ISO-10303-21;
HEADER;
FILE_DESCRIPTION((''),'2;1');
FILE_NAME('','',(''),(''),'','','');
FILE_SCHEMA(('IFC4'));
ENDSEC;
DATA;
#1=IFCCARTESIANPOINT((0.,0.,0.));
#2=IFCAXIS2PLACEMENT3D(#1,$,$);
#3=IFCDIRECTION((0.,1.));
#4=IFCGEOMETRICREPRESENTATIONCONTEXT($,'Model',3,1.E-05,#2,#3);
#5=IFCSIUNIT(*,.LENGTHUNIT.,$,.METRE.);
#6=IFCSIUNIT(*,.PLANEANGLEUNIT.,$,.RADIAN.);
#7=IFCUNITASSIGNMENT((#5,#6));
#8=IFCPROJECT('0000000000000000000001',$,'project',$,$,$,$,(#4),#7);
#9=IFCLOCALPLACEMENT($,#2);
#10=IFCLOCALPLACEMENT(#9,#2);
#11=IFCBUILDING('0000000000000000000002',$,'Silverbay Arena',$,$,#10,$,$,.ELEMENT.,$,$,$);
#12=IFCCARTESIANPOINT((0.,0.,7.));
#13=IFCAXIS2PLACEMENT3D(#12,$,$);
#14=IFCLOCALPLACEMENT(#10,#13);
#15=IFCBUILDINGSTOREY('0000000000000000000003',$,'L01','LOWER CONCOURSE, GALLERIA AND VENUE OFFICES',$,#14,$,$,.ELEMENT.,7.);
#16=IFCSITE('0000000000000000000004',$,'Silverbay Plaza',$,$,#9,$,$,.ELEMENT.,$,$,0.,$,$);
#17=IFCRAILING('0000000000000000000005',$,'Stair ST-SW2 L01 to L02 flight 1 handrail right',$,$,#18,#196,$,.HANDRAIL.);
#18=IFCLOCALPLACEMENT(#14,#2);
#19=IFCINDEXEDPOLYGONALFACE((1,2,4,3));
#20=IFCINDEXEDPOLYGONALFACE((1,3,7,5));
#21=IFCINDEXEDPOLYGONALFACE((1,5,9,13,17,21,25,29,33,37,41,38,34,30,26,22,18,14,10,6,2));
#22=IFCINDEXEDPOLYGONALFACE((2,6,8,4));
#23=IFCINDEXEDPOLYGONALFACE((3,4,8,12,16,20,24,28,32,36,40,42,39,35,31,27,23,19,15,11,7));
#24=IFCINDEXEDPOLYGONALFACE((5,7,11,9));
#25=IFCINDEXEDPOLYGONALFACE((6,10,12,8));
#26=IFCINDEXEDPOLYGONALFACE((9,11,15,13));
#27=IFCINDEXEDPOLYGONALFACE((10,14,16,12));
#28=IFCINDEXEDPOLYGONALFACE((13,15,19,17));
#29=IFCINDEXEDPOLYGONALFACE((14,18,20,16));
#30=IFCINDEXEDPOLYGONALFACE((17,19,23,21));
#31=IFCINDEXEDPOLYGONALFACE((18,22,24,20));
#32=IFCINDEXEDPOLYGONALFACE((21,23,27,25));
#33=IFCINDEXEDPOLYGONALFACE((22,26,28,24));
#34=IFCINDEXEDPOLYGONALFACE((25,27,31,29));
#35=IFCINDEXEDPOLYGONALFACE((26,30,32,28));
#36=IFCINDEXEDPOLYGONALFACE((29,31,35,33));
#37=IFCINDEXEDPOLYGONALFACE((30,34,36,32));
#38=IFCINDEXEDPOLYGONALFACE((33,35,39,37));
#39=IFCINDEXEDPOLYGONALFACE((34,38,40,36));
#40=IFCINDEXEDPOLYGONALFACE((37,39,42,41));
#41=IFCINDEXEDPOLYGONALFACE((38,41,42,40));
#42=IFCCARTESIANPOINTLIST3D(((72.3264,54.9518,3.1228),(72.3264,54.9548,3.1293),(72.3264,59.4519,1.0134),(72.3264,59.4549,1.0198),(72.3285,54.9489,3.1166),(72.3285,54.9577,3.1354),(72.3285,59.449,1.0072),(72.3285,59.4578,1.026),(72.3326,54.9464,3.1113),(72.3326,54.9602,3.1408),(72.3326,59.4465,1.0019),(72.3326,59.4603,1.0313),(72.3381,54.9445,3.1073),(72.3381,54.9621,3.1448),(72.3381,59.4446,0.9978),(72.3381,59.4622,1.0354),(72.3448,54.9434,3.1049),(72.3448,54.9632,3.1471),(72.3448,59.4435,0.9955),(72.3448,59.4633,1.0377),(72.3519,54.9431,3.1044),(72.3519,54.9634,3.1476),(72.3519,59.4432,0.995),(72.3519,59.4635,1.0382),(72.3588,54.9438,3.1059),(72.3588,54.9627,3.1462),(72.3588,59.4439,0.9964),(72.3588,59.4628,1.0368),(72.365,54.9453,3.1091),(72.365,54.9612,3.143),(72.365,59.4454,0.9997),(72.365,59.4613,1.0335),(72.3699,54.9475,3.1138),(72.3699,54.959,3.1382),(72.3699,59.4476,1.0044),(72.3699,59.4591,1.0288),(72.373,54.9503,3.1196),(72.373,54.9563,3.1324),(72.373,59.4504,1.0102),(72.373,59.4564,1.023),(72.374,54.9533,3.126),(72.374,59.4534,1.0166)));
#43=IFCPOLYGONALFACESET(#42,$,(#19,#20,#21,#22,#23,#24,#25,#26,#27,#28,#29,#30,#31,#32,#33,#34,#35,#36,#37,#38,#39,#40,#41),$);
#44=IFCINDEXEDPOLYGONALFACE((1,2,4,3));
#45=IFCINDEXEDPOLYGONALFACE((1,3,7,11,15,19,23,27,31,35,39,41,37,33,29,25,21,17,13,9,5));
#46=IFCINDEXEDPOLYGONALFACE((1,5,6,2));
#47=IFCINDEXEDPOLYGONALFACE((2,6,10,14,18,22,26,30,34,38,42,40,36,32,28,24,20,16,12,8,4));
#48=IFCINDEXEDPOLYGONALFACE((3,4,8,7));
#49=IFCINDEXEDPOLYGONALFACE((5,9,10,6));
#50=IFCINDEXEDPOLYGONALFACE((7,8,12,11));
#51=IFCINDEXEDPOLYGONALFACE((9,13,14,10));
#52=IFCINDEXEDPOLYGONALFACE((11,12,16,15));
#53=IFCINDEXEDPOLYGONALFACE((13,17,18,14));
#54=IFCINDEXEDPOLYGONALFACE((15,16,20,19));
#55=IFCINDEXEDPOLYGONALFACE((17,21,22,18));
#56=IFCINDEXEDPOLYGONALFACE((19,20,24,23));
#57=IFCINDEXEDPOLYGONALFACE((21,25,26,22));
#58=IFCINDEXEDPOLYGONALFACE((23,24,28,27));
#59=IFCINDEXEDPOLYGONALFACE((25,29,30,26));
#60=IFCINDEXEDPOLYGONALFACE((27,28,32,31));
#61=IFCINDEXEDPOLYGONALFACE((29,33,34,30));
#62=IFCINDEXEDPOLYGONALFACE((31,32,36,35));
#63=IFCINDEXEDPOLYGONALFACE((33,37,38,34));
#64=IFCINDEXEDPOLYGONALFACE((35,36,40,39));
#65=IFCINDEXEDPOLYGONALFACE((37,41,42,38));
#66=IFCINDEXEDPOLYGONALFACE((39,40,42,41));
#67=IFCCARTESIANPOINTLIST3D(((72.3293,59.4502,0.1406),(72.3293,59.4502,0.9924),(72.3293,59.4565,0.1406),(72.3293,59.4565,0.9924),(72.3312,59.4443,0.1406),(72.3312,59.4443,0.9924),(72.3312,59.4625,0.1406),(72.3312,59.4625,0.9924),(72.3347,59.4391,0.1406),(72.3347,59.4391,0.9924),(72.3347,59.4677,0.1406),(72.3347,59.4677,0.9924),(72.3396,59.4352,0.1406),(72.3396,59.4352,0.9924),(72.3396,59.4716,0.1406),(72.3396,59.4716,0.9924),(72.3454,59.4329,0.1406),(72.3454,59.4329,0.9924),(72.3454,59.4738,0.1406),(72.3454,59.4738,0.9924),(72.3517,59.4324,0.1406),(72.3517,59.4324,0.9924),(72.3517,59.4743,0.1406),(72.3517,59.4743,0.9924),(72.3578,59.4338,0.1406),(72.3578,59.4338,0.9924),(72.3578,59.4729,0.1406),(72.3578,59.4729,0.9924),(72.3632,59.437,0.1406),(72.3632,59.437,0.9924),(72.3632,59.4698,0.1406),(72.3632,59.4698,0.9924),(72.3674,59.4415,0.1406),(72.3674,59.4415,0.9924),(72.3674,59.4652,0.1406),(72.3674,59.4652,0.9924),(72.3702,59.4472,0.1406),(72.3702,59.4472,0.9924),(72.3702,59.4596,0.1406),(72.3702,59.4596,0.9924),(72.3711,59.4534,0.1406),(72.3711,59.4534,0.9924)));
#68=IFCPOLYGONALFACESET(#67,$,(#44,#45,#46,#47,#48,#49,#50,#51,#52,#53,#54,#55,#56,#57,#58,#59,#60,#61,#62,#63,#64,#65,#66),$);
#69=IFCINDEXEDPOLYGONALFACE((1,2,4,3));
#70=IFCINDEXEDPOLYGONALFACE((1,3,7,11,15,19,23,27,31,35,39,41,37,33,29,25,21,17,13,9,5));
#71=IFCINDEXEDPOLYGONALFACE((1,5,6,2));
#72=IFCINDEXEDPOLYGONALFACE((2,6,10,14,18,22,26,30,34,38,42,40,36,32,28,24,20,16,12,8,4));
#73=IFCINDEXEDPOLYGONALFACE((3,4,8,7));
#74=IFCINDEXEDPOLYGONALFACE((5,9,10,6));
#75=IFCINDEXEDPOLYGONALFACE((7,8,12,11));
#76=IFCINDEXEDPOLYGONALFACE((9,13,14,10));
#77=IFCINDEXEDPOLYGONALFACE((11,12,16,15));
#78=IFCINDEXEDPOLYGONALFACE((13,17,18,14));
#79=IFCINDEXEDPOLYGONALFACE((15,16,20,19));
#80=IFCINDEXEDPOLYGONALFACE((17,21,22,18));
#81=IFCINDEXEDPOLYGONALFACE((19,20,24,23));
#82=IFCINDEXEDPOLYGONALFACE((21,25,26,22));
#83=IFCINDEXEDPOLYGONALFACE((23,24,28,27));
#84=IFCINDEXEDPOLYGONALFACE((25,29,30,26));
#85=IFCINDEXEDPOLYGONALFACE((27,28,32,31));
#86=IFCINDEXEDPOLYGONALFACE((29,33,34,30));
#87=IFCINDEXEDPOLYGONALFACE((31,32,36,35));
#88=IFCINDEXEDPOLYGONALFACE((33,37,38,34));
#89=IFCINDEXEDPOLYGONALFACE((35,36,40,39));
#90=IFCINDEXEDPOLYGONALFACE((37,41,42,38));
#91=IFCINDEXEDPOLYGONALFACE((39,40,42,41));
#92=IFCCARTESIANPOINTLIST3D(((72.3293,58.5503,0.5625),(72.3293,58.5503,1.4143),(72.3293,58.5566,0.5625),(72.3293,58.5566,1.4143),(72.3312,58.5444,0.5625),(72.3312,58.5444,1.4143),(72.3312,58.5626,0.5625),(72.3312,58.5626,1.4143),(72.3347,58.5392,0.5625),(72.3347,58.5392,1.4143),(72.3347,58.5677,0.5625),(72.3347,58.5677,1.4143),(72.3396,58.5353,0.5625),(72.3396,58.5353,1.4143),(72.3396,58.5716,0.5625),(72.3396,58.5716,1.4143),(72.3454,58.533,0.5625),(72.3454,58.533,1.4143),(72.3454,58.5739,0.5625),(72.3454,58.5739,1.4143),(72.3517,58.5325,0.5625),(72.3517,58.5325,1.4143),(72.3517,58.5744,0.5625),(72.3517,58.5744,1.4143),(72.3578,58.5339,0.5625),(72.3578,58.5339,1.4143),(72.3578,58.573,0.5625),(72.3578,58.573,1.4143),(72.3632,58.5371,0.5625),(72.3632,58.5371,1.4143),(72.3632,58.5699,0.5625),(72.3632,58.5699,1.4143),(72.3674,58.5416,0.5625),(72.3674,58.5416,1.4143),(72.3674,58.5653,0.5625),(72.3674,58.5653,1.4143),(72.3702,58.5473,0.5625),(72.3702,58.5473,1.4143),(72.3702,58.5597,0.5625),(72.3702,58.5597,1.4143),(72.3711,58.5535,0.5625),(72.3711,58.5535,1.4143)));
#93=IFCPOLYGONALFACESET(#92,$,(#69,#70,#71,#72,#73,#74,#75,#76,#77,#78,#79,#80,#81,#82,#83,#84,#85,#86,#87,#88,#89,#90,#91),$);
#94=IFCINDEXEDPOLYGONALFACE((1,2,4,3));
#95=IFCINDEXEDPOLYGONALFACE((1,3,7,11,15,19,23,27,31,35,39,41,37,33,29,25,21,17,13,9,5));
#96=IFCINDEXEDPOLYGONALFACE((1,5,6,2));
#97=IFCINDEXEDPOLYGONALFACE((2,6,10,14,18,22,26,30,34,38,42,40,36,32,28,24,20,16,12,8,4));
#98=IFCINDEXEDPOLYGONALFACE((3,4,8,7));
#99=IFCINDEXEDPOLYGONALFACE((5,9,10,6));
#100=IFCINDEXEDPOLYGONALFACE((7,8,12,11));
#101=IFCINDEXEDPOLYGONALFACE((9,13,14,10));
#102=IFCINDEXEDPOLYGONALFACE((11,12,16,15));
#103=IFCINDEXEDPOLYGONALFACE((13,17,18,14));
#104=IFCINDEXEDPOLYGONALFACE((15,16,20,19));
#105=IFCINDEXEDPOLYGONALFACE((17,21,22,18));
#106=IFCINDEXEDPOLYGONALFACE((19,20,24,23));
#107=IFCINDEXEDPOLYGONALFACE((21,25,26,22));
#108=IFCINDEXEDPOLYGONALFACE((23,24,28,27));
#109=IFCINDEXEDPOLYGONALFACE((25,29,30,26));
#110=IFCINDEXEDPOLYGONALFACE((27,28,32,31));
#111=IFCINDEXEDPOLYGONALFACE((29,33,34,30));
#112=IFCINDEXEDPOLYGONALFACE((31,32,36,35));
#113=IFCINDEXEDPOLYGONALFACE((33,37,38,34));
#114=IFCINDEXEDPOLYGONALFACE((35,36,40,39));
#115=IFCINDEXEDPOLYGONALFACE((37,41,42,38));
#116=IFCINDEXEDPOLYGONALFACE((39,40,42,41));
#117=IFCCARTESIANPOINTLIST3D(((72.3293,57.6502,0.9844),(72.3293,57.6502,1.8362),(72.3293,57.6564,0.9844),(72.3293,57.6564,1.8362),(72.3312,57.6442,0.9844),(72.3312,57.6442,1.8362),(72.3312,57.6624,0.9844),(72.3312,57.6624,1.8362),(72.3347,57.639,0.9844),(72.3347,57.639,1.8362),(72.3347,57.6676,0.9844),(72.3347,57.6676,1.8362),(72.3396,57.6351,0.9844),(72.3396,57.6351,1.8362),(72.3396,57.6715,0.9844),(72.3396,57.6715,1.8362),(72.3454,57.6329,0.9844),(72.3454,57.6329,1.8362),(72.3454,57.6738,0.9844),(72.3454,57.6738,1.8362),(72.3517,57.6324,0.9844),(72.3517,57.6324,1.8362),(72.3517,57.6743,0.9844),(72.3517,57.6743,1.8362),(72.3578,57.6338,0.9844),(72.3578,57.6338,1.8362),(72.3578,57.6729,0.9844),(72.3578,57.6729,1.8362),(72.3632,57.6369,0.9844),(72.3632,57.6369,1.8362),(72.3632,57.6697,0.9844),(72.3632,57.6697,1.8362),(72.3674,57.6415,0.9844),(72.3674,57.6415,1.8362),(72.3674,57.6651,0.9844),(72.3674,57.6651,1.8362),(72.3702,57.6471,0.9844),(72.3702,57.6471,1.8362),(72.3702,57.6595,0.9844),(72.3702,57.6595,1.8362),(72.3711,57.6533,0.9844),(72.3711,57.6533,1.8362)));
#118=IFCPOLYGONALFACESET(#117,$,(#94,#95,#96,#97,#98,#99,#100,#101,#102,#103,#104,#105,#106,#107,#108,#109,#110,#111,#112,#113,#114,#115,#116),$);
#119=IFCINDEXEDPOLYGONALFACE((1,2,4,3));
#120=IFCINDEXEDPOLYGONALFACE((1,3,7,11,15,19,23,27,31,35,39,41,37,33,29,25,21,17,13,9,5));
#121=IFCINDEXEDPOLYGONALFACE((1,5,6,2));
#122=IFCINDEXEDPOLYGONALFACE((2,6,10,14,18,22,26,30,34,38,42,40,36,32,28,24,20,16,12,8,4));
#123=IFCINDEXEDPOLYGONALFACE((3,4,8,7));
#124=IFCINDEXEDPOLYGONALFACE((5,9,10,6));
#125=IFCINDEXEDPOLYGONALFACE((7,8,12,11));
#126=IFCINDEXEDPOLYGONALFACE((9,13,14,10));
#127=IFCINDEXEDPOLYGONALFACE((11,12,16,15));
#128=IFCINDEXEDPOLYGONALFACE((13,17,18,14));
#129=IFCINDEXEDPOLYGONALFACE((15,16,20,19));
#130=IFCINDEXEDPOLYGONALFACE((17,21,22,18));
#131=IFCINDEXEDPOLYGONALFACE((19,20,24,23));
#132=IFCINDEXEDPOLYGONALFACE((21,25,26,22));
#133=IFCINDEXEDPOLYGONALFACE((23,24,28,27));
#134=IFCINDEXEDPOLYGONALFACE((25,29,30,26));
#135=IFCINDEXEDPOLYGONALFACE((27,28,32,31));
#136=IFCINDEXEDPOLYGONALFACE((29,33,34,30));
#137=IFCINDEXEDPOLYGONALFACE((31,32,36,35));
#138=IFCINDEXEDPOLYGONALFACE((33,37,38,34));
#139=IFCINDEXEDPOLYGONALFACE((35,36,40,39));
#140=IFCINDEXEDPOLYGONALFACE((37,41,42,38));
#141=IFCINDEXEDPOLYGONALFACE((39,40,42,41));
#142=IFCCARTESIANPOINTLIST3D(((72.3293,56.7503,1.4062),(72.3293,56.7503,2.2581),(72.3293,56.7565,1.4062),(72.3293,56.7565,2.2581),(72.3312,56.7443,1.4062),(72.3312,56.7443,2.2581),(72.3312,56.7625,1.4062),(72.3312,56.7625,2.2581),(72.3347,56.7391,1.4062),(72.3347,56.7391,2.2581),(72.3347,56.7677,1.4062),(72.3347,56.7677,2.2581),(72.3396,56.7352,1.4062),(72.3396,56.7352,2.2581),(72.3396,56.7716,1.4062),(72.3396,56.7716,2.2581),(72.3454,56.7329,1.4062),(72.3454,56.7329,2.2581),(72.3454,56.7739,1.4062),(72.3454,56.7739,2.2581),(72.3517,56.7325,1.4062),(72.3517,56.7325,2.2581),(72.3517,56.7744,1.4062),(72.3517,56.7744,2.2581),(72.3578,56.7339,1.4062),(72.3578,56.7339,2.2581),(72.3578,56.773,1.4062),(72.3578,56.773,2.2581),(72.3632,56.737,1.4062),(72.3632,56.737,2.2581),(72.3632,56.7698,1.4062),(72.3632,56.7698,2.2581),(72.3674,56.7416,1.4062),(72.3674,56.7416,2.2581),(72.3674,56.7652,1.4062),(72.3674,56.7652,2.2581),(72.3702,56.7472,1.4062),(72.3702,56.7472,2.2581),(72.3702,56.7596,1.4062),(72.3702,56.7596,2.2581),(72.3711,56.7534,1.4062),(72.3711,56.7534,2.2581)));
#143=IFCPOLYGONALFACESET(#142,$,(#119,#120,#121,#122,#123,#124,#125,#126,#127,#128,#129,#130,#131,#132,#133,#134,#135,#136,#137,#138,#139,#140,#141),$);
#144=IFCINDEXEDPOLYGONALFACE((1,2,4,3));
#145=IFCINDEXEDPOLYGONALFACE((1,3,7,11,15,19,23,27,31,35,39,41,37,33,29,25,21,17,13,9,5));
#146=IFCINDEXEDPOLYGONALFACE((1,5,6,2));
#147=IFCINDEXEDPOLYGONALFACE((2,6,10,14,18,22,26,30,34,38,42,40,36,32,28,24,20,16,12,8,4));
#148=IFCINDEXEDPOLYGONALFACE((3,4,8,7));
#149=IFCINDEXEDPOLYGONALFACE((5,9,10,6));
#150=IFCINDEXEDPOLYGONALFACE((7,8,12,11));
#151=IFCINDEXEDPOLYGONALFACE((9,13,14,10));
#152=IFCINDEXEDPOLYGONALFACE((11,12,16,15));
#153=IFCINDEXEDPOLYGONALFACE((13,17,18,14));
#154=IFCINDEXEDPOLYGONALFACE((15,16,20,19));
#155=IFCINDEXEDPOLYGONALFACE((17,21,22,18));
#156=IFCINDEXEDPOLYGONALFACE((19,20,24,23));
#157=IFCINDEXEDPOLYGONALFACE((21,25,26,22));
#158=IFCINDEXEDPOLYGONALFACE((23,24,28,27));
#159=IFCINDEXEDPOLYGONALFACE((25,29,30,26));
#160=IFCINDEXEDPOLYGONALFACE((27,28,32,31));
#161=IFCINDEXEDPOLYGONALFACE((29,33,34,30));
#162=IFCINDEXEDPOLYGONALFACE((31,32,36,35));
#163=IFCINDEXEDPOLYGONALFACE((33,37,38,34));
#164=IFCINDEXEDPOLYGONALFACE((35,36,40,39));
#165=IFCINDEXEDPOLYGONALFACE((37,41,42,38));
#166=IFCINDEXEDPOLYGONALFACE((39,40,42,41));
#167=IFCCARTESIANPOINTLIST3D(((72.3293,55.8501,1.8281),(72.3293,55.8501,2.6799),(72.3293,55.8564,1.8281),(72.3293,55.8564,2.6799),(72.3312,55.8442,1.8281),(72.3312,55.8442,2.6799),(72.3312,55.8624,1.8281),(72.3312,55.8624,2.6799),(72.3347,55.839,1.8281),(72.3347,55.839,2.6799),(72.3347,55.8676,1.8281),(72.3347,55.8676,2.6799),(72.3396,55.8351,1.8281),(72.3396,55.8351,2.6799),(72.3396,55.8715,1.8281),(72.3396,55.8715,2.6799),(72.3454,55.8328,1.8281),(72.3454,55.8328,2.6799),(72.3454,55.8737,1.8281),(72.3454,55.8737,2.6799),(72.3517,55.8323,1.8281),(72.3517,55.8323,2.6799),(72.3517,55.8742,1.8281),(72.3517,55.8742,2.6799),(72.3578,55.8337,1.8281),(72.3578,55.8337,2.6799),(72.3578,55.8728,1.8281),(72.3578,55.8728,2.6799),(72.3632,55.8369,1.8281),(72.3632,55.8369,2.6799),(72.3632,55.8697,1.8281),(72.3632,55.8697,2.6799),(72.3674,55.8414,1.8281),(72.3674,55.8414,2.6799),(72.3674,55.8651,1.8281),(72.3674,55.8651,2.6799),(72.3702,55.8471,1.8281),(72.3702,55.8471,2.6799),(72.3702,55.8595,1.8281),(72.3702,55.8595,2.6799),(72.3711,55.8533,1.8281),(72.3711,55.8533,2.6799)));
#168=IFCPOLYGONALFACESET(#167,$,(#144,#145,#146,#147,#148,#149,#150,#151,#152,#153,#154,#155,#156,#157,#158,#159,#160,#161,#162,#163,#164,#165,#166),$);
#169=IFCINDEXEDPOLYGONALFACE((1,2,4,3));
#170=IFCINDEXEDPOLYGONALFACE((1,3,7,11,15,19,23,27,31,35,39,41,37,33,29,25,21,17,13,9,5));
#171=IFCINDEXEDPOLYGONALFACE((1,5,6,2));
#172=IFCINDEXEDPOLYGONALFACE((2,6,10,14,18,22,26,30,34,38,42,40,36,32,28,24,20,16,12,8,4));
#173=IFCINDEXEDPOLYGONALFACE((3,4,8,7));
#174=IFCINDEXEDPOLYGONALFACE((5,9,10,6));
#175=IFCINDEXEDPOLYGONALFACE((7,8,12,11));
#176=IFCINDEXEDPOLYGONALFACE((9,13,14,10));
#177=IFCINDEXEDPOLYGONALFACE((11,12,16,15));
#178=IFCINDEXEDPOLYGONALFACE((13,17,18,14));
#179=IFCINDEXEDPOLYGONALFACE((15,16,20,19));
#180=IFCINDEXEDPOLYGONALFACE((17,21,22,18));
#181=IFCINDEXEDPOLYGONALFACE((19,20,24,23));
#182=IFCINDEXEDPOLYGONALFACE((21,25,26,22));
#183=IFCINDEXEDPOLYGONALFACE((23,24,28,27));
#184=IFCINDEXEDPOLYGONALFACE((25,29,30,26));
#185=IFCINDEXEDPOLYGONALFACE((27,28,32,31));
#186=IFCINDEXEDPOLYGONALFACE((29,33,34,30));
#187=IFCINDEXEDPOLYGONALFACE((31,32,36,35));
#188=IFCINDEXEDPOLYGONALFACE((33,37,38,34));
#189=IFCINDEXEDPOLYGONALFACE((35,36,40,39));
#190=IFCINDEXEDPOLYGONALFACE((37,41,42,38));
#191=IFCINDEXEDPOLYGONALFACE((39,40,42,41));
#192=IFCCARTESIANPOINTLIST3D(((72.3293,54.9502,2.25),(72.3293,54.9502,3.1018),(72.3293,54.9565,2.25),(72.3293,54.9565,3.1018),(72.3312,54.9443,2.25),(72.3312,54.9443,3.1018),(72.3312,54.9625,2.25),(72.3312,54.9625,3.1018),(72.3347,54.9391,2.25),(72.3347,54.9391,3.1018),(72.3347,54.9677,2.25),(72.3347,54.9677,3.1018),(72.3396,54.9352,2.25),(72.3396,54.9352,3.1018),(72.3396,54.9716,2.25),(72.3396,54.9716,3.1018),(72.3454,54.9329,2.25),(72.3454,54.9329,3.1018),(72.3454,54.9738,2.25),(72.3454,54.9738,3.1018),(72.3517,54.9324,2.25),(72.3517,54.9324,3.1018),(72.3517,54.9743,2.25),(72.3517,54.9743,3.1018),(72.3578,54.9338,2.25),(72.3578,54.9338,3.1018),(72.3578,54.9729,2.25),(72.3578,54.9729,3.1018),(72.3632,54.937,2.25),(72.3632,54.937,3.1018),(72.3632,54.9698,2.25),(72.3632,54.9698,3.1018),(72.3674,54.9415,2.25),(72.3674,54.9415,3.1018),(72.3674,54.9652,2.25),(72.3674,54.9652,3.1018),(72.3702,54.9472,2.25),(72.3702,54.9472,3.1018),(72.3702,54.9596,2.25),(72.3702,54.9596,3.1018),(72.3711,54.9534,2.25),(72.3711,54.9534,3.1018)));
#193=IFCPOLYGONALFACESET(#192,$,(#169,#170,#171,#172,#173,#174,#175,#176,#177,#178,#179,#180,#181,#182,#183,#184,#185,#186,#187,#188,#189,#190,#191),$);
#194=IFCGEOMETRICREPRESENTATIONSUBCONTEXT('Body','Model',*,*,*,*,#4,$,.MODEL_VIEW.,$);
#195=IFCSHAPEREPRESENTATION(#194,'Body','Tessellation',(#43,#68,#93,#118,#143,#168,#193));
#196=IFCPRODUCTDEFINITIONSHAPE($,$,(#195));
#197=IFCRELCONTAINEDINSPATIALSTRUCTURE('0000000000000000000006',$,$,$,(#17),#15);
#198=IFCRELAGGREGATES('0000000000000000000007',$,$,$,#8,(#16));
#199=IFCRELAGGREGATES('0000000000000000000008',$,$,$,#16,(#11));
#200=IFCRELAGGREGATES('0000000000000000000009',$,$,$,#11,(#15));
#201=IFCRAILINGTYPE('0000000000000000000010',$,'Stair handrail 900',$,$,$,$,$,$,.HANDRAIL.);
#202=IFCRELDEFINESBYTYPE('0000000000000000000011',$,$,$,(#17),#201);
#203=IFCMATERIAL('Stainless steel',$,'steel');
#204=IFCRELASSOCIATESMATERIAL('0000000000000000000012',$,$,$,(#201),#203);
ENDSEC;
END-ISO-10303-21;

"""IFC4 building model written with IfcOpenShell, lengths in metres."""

from ifc_helpers import new_model, si_unit, direction, frame, origin, origin_2d, place, context, subcontext, project, spatial, circle, extrude, material, type_object, element, save


model = new_model("IFC4")

# Units and contexts
model_context = context("Model", 3, precision=1e-05, world=origin(), true_north=direction((0.0, 1.0)))
body_context = subcontext(model_context, "Body", "Model", "MODEL_VIEW")
ifc_project = project(units=[si_unit("LENGTHUNIT", "METRE"), si_unit("PLANEANGLEUNIT", "RADIAN")], contexts=[model_context])

# Site, building, storey
site_placement = place(None, origin())
site = spatial("IfcSite", under=ifc_project, at=site_placement, Name="Silverbay Plaza", CompositionType="ELEMENT", RefElevation=0.0)
building_placement = place(site_placement, origin())
building = spatial("IfcBuilding", under=site, at=building_placement, Name="Silverbay Arena", CompositionType="ELEMENT")
storey_placement = place(building_placement, frame((0.0, 0.0, 7.0)))
storey = spatial("IfcBuildingStorey", under=building, at=storey_placement, Name="L01", Description="LOWER CONCOURSE, GALLERIA AND VENUE OFFICES", CompositionType="ELEMENT", Elevation=7.0)

# Railing
ifc_material_1 = material(Name="Stainless steel", Category="steel")
railing_type_1 = type_object("IfcRailingType", Name="Stair handrail 900", PredefinedType="HANDRAIL", material=ifc_material_1)
for number, where, name in (
    (1, (72.3501, 59.4534, 0.1406), "Stair ST-SW2 L01 to L02 flight 1 handrail right"),
):
    element("IfcRailing", number, at=place(storey_placement, frame(where)), inside=storey, type_object=railing_type_1, Name=name, PredefinedType="HANDRAIL", context=body_context, shape_type="SweptSolid", body=[
        extrude(circle(Radius=0.0239, at=origin_2d()), frame((0.0, 0.0, 0.876), z_axis=(0.0, -0.905459, 0.424434), x_axis=(1.0, 0.0, 0.0)), (0.0, 0.0, 1.0), 4.97),
        extrude(circle(Radius=0.021, at=origin_2d()), origin(), (0.0, 0.0, 1.0), 0.8518),
        extrude(circle(Radius=0.021, at=origin_2d()), frame((0.0, -0.8999, 0.4219)), (0.0, 0.0, 1.0), 0.8518),
        extrude(circle(Radius=0.021, at=origin_2d()), frame((0.0, -1.8, 0.8438)), (0.0, 0.0, 1.0), 0.8518),
        extrude(circle(Radius=0.021, at=origin_2d()), frame((0.0, -2.7, 1.2656)), (0.0, 0.0, 1.0), 0.8518),
        extrude(circle(Radius=0.021, at=origin_2d()), frame((0.0, -3.6001, 1.6875)), (0.0, 0.0, 1.0), 0.8518),
        extrude(circle(Radius=0.021, at=origin_2d()), frame((0.0, -4.5, 2.1094)), (0.0, 0.0, 1.0), 0.8518),
    ])

save(model, "model.ifc")
